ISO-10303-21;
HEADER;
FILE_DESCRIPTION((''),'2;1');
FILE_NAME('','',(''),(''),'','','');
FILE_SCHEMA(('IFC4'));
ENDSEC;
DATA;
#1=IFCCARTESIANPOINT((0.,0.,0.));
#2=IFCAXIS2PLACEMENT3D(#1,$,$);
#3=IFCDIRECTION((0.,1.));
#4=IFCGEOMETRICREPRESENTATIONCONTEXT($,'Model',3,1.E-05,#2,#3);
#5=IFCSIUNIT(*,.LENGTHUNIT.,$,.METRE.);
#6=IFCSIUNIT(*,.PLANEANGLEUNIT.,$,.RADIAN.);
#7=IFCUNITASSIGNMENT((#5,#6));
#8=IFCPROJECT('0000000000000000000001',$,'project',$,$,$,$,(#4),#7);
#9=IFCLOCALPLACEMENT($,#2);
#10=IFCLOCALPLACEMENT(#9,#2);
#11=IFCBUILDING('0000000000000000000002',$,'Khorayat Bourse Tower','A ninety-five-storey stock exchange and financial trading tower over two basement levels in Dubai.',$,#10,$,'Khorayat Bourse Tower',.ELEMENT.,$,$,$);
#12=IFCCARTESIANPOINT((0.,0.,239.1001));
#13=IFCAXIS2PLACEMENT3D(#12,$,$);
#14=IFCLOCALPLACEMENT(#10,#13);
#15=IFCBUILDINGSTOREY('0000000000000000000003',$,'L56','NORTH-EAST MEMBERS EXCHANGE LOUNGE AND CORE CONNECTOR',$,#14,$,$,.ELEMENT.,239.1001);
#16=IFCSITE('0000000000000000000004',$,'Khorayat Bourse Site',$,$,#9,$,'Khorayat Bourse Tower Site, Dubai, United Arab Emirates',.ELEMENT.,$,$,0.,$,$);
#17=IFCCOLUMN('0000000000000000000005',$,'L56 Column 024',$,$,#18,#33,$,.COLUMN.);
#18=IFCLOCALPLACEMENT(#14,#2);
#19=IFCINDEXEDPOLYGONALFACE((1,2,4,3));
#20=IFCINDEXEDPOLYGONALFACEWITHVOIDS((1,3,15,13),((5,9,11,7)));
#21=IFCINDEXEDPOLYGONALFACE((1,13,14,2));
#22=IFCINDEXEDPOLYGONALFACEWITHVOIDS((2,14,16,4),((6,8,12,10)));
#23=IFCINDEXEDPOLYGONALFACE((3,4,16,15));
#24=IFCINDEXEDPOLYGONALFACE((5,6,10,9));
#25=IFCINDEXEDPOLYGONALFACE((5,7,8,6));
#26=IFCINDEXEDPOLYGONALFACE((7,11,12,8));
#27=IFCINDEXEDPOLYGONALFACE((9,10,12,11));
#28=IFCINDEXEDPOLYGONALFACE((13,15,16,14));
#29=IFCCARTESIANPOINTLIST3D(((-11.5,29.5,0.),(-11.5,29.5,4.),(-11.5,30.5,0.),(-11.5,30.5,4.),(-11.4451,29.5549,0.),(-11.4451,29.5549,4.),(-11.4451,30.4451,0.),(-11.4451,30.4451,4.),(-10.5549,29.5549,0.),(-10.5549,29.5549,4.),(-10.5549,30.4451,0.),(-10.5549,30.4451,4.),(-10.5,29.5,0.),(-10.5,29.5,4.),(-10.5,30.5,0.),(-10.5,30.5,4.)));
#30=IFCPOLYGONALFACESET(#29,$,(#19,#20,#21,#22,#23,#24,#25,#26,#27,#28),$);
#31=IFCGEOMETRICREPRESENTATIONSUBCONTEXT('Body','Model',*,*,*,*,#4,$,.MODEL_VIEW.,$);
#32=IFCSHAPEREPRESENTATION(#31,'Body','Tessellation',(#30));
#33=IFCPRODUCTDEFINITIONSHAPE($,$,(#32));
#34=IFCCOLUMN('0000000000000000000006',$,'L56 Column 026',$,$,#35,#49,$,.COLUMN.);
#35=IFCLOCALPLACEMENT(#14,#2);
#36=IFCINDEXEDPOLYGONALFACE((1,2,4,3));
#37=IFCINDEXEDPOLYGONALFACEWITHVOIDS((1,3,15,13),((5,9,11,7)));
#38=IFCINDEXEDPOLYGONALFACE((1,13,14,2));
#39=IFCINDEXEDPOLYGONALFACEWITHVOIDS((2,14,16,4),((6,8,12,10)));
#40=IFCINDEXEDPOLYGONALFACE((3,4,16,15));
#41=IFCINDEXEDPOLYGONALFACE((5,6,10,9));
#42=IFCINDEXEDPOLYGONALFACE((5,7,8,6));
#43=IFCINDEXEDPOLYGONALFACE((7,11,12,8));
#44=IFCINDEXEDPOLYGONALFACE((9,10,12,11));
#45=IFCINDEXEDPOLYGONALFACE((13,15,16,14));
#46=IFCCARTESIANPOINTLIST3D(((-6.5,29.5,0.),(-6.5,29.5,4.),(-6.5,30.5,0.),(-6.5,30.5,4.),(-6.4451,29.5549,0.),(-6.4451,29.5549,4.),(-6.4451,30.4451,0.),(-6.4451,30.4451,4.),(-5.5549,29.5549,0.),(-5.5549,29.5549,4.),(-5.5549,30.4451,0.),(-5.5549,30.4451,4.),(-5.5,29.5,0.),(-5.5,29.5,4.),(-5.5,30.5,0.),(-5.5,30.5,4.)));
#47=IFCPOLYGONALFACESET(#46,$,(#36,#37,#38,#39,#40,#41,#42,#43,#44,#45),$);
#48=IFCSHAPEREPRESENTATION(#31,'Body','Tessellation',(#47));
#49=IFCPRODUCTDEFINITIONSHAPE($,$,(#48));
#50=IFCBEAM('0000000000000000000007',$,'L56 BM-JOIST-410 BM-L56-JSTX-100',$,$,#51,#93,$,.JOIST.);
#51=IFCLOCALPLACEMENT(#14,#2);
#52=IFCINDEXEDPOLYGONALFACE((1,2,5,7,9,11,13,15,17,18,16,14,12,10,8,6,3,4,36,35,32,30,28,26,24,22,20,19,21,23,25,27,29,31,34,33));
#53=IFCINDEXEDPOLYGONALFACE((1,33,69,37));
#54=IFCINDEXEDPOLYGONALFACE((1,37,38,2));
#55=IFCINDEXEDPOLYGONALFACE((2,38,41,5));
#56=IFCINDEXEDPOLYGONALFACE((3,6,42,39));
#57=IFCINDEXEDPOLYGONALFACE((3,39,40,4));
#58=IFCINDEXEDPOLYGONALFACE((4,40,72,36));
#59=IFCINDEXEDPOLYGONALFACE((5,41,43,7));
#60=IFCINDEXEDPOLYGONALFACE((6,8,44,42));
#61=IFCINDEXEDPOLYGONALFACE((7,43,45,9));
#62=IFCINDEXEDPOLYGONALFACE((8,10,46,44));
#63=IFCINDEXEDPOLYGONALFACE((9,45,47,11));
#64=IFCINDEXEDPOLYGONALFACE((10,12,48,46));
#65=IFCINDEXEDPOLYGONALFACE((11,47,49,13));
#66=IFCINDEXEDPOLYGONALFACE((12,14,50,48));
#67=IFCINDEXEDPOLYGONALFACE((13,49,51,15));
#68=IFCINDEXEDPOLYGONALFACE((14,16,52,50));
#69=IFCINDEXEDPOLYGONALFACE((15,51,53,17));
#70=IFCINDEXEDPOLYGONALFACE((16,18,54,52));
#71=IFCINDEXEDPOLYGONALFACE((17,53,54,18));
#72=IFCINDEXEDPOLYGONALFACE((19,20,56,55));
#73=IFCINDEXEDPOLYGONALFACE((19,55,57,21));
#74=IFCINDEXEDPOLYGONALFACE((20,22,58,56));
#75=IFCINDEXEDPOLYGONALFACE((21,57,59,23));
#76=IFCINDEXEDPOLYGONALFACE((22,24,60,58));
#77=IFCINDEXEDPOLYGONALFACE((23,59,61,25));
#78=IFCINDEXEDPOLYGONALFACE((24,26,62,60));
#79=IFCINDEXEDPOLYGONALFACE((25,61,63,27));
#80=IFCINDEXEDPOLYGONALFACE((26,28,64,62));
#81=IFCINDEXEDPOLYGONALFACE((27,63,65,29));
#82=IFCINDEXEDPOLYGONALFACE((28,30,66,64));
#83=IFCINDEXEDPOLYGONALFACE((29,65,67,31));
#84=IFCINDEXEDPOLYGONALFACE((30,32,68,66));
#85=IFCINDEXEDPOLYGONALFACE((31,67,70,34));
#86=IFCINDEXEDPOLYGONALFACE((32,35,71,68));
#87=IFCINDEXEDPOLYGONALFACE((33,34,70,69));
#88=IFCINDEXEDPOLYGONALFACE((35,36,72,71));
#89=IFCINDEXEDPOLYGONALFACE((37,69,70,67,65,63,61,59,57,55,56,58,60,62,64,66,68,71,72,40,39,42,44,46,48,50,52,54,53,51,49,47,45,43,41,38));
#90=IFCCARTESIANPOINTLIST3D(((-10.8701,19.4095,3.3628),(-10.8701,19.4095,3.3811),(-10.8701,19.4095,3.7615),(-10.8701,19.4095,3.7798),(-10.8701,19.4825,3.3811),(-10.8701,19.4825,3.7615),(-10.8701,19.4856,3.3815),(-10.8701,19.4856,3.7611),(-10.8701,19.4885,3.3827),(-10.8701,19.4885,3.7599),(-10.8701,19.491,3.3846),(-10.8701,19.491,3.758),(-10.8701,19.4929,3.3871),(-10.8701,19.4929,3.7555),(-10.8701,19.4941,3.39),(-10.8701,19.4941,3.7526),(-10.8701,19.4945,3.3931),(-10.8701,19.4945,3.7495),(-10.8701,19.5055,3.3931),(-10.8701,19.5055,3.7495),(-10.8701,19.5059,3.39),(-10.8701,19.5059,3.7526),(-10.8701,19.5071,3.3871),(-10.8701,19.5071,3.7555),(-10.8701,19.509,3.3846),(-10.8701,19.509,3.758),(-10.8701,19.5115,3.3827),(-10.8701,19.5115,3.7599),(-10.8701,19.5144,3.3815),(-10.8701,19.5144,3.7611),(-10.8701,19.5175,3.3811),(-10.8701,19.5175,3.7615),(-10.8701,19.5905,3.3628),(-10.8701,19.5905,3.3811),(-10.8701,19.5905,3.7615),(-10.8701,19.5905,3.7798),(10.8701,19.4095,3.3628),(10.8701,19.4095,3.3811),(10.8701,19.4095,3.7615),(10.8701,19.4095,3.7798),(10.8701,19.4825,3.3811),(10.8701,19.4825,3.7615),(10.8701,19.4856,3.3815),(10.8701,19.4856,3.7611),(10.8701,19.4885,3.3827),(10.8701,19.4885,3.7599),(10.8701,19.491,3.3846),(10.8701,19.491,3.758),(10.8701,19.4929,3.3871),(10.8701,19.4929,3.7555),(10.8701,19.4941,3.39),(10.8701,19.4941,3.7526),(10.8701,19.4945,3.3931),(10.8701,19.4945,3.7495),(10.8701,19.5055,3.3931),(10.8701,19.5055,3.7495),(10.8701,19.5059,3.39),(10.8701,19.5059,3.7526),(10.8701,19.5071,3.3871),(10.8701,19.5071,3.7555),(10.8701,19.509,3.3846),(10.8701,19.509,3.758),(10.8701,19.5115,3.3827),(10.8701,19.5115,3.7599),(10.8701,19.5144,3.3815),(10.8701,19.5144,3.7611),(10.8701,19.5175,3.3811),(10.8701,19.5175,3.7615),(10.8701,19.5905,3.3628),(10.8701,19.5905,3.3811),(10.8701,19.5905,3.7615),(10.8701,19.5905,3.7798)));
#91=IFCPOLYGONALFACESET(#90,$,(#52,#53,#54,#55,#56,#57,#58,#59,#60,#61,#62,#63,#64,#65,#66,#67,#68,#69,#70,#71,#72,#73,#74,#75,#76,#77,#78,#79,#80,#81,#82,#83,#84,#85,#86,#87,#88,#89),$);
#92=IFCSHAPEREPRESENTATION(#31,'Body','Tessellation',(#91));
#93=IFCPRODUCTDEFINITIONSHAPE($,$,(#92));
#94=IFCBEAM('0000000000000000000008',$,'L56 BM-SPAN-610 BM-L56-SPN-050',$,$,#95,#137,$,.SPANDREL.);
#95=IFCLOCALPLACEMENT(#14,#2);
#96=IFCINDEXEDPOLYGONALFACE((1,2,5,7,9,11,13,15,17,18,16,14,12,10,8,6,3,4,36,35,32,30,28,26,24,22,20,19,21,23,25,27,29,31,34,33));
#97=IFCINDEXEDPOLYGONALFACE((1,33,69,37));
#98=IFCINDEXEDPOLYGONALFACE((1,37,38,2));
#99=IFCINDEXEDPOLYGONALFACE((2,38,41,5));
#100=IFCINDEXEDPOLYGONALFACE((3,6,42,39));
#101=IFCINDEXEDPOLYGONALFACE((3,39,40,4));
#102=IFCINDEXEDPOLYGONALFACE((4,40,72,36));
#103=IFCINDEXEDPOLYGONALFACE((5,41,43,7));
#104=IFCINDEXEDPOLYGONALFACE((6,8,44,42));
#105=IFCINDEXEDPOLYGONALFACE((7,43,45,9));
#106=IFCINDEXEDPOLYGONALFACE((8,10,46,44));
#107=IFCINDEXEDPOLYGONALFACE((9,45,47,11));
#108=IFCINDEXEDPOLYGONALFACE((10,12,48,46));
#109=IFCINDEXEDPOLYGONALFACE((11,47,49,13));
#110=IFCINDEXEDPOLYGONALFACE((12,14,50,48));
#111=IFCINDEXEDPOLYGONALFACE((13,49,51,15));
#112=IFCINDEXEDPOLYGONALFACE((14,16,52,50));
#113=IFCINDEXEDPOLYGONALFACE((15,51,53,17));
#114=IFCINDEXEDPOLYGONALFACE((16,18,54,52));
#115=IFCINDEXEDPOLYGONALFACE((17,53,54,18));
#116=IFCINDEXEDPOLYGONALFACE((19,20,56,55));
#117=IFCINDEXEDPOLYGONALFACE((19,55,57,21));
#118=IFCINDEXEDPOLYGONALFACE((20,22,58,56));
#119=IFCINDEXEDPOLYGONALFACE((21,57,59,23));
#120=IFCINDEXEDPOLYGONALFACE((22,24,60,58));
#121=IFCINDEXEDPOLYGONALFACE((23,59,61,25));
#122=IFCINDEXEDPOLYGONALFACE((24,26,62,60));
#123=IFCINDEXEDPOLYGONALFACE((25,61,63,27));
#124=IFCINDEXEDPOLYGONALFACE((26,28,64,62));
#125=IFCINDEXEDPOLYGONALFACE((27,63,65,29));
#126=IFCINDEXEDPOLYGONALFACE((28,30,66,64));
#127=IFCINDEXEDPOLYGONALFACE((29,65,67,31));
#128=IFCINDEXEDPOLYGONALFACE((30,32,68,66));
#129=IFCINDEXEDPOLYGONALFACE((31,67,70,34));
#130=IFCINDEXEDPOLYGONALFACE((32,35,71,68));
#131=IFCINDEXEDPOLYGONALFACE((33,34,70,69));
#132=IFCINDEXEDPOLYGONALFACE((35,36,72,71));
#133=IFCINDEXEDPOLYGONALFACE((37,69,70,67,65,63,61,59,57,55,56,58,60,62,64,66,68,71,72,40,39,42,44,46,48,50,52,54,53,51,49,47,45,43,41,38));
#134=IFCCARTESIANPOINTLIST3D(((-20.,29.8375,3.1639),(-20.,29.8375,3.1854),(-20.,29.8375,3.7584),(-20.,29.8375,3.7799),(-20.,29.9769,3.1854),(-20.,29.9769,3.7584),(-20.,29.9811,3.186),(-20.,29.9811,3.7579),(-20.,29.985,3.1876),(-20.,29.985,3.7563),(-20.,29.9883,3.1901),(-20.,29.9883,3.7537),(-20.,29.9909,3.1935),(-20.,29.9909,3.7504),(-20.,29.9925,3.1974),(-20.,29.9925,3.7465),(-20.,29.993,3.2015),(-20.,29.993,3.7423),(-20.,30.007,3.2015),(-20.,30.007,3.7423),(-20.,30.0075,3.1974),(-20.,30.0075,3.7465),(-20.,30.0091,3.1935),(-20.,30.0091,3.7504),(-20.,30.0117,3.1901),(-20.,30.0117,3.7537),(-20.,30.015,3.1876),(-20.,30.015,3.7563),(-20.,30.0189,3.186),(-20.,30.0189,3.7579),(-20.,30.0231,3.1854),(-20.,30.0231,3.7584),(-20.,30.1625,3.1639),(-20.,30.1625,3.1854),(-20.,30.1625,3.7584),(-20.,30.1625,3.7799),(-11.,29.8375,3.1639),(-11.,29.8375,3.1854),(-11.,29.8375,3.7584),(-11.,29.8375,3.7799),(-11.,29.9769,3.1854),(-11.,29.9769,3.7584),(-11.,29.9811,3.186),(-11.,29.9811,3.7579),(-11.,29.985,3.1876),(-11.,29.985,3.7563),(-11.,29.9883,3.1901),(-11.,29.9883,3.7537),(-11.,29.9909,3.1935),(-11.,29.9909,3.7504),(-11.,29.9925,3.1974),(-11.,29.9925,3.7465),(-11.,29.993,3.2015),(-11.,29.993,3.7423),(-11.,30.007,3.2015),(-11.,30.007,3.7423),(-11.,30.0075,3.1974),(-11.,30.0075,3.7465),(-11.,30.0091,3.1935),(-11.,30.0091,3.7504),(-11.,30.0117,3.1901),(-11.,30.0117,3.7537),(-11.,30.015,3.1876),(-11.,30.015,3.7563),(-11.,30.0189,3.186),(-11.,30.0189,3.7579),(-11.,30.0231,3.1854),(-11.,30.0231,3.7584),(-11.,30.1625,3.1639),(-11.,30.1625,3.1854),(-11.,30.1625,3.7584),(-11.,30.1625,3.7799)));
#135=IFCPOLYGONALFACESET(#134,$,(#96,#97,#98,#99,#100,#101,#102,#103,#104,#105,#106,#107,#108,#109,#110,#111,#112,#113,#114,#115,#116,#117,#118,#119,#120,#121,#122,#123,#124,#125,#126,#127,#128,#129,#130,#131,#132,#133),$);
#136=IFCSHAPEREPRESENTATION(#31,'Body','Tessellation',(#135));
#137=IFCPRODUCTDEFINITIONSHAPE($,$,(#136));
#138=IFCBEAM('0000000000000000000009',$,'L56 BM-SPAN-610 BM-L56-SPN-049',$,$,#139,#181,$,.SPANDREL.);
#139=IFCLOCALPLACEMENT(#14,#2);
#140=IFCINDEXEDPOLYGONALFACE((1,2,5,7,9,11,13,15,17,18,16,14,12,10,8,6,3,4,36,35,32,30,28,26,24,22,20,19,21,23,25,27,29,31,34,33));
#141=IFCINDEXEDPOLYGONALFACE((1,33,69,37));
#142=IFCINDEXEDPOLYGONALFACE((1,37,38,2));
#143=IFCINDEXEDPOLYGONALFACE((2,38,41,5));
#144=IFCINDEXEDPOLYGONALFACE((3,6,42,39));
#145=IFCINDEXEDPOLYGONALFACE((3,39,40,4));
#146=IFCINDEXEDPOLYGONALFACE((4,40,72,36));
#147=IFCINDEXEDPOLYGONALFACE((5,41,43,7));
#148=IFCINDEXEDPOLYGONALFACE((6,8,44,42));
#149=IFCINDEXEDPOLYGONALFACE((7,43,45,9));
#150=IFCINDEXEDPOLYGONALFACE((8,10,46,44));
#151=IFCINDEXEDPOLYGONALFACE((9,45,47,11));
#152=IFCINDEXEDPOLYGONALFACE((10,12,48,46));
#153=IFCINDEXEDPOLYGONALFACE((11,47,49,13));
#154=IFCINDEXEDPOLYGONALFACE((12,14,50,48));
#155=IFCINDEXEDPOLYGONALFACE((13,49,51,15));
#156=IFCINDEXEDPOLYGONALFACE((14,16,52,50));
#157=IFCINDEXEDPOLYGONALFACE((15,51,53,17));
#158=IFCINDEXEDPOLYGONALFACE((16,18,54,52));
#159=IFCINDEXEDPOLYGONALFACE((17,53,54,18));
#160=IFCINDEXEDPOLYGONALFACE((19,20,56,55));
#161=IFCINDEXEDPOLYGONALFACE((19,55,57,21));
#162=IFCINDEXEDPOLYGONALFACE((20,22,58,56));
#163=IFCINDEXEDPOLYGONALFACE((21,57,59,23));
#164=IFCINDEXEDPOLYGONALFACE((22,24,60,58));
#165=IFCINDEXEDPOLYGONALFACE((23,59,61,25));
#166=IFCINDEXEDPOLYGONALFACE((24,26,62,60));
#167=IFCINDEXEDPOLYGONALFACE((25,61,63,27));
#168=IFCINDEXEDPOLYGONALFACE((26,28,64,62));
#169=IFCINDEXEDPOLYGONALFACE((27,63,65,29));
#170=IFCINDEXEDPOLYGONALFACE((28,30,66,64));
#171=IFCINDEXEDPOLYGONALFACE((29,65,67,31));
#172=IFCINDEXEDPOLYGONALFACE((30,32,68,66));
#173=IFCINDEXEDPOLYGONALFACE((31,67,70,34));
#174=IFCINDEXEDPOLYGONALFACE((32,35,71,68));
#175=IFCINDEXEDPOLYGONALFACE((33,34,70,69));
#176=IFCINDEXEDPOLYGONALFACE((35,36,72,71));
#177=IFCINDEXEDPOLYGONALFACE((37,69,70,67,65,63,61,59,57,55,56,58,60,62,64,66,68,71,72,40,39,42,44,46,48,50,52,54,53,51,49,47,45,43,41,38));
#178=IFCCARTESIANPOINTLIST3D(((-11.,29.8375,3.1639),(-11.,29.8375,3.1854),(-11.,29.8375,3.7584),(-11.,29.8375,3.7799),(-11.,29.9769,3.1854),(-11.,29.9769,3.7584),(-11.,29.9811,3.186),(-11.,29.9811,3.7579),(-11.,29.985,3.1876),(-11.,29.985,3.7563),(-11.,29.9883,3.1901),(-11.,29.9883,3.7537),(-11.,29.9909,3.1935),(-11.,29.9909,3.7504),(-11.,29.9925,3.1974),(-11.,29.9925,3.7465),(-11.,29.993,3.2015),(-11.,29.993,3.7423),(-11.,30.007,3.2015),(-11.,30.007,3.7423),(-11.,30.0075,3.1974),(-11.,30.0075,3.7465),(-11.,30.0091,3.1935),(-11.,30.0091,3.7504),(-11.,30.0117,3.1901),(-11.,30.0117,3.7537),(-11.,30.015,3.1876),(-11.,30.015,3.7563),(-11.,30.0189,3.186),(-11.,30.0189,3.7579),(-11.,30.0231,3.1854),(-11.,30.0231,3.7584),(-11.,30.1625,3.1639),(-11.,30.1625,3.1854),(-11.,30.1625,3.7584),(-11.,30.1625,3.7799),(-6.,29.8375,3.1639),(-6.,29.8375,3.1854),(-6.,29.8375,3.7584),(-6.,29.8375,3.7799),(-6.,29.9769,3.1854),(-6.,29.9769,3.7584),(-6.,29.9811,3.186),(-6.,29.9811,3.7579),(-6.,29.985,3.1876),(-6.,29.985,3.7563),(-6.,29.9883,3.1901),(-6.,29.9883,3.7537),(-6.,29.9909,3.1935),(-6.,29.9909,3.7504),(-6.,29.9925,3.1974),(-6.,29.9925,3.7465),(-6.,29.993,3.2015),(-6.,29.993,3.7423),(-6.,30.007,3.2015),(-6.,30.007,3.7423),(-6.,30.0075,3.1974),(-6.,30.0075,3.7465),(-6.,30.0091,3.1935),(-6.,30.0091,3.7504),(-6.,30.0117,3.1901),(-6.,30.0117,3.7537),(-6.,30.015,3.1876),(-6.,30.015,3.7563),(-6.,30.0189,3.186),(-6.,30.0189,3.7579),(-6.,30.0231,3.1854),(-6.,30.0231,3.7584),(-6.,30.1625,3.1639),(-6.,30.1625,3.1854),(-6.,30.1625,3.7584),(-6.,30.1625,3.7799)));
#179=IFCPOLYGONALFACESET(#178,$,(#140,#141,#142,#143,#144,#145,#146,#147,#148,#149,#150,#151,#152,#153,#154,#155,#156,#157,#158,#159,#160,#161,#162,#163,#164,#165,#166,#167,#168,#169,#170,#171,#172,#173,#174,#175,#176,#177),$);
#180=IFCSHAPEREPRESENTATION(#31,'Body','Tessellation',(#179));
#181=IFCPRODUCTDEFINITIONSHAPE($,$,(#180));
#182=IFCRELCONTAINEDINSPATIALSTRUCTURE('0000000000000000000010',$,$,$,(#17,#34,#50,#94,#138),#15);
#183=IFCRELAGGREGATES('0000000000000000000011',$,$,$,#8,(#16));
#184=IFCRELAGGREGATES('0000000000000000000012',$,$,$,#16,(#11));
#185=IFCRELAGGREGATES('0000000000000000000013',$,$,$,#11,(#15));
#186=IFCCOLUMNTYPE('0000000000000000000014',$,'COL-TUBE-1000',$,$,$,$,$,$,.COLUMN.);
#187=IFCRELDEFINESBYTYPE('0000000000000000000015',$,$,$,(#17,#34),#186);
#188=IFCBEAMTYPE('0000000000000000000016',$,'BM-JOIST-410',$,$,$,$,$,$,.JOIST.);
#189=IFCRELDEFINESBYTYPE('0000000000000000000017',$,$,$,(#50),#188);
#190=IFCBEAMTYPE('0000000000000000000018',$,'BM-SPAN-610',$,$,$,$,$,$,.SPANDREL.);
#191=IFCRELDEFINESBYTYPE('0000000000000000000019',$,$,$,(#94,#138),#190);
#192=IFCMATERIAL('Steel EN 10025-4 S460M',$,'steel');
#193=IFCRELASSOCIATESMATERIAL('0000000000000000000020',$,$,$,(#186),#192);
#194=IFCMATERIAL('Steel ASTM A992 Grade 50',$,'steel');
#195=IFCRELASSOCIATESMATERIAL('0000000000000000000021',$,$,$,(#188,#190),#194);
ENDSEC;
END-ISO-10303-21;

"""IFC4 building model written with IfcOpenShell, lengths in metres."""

from ifc_helpers import new_model, si_unit, direction, frame, origin, origin_2d, place, context, subcontext, project, spatial, hollow_rectangle, i_section, extrude, source, transform, mapped, material, material_profile, profile_set, type_object, element, save


model = new_model("IFC4")

# Units and contexts
model_context = context("Model", 3, precision=1e-05, world=origin(), true_north=direction((0.0, 1.0)))
body_context = subcontext(model_context, "Body", "Model", "MODEL_VIEW")
ifc_project = project(units=[si_unit("LENGTHUNIT", "METRE"), si_unit("PLANEANGLEUNIT", "RADIAN")], contexts=[model_context])

# Site, building, storey
site_placement = place(None, origin())
site = spatial("IfcSite", under=ifc_project, at=site_placement, Name="Khorayat Bourse Site", LongName="Khorayat Bourse Tower Site, Dubai, United Arab Emirates", CompositionType="ELEMENT", RefElevation=0.0)
building_placement = place(site_placement, origin())
building = spatial("IfcBuilding", under=site, at=building_placement, Name="Khorayat Bourse Tower", Description="A ninety-five-storey stock exchange and financial trading tower over two basement levels in Dubai.", LongName="Khorayat Bourse Tower", CompositionType="ELEMENT")
storey_placement = place(building_placement, frame((0.0, 0.0, 239.1001)))
storey = spatial("IfcBuildingStorey", under=building, at=storey_placement, Name="L56", Description="NORTH-EAST MEMBERS EXCHANGE LOUNGE AND CORE CONNECTOR", CompositionType="ELEMENT", Elevation=239.1001)

# Columns
ifc_material_1 = material(Name="Steel EN 10025-4 S460M", Category="steel")
ifc_material_profile_1 = material_profile(ifc_material_1, hollow_rectangle(XDim=1.0, YDim=1.0, WallThickness=0.0549, at=origin_2d()), Name="BOX 1000x1000x55")
ifc_profile_set_1 = profile_set([ifc_material_profile_1], Name="Steel EN 10025-4 S460M")
column_type = type_object("IfcColumnType", Name="COL-TUBE-1000", PredefinedType="COLUMN", material=ifc_profile_set_1)
shared_shape_1 = source(origin(), body_context, "Body", "SweptSolid", [
    extrude(hollow_rectangle(XDim=1.0, YDim=1.0, WallThickness=0.0549, at=origin_2d()), origin(), (0.0, 0.0, 1.0), 4.0),
])
for number, where, z_axis, x_axis, name in (
    (1, (-11.0, 30.0, 0.0), (0.0, 0.0, 1.0), (1.0, 0.0, 0.0), "L56 Column 024"),
    (2, (-6.0, 30.0, 0.0), (0.0, 0.0, 1.0), (1.0, 0.0, 0.0), "L56 Column 026"),
):
    element("IfcColumn", number, at=place(storey_placement, frame(where, z_axis=z_axis, x_axis=x_axis)), inside=storey, type_object=column_type, Name=name, PredefinedType="COLUMN", context=body_context, shape_type="MappedRepresentation", body=[
        mapped(shared_shape_1, transform((0.0, 0.0, 0.0), scale=1.0)),
    ])

# Beams
ifc_material_2 = material(Name="Steel ASTM A992 Grade 50", Category="steel")
ifc_material_profile_2 = material_profile(ifc_material_2, i_section(OverallWidth=0.1809, OverallDepth=0.417, WebThickness=0.011, FlangeThickness=0.0183, FilletRadius=0.012, at=origin_2d()), Name="W410X85")
ifc_profile_set_2 = profile_set([ifc_material_profile_2], Name="Steel ASTM A992 Grade 50")
beam_type_1 = type_object("IfcBeamType", Name="BM-JOIST-410", PredefinedType="JOIST", material=ifc_profile_set_2)
shared_shape_2 = source(origin(), body_context, "Body", "SweptSolid", [
    extrude(i_section(OverallWidth=0.1809, OverallDepth=0.417, WebThickness=0.011, FlangeThickness=0.0183, FilletRadius=0.012, at=origin_2d()), origin(), (0.0, 0.0, 1.0), 21.7402),
])
beam_1_placement = place(storey_placement, frame((-10.8701, 19.5, 3.5713), z_axis=(1.0, 0.0, 0.0), x_axis=(0.0, 1.0, 0.0)))
element("IfcBeam", 3, at=beam_1_placement, inside=storey, type_object=beam_type_1, Name="L56 BM-JOIST-410 BM-L56-JSTX-100", PredefinedType="JOIST", context=body_context, shape_type="MappedRepresentation", body=[
    mapped(shared_shape_2, transform((0.0, 0.0, 0.0), scale=1.0)),
])
ifc_material_profile_3 = material_profile(ifc_material_2, i_section(OverallWidth=0.325, OverallDepth=0.616, WebThickness=0.0139, FlangeThickness=0.0215, FilletRadius=0.0161, at=origin_2d()), Name="W610X174")
ifc_profile_set_3 = profile_set([ifc_material_profile_3], Name="Steel ASTM A992 Grade 50")
beam_type_2 = type_object("IfcBeamType", Name="BM-SPAN-610", PredefinedType="SPANDREL", material=ifc_profile_set_3)
shared_shape_3 = source(origin(), body_context, "Body", "SweptSolid", [
    extrude(i_section(OverallWidth=0.325, OverallDepth=0.616, WebThickness=0.0139, FlangeThickness=0.0215, FilletRadius=0.0161, at=origin_2d()), origin(), (0.0, 0.0, 1.0), 9.0),
])
beam_2_placement = place(storey_placement, frame((-20.0, 30.0, 3.4719), z_axis=(1.0, 0.0, 0.0), x_axis=(0.0, 1.0, 0.0)))
element("IfcBeam", 4, at=beam_2_placement, inside=storey, type_object=beam_type_2, Name="L56 BM-SPAN-610 BM-L56-SPN-050", PredefinedType="SPANDREL", context=body_context, shape_type="MappedRepresentation", body=[
    mapped(shared_shape_3, transform((0.0, 0.0, 0.0), scale=1.0)),
])
shared_shape_4 = source(origin(), body_context, "Body", "SweptSolid", [
    extrude(i_section(OverallWidth=0.325, OverallDepth=0.616, WebThickness=0.0139, FlangeThickness=0.0215, FilletRadius=0.0161, at=origin_2d()), origin(), (0.0, 0.0, 1.0), 5.0),
])
beam_3_placement = place(storey_placement, frame((-11.0, 30.0, 3.4719), z_axis=(1.0, 0.0, 0.0), x_axis=(0.0, 1.0, 0.0)))
element("IfcBeam", 5, at=beam_3_placement, inside=storey, type_object=beam_type_2, Name="L56 BM-SPAN-610 BM-L56-SPN-049", PredefinedType="SPANDREL", context=body_context, shape_type="MappedRepresentation", body=[
    mapped(shared_shape_4, transform((0.0, 0.0, 0.0), scale=1.0)),
])

save(model, "model.ifc")
